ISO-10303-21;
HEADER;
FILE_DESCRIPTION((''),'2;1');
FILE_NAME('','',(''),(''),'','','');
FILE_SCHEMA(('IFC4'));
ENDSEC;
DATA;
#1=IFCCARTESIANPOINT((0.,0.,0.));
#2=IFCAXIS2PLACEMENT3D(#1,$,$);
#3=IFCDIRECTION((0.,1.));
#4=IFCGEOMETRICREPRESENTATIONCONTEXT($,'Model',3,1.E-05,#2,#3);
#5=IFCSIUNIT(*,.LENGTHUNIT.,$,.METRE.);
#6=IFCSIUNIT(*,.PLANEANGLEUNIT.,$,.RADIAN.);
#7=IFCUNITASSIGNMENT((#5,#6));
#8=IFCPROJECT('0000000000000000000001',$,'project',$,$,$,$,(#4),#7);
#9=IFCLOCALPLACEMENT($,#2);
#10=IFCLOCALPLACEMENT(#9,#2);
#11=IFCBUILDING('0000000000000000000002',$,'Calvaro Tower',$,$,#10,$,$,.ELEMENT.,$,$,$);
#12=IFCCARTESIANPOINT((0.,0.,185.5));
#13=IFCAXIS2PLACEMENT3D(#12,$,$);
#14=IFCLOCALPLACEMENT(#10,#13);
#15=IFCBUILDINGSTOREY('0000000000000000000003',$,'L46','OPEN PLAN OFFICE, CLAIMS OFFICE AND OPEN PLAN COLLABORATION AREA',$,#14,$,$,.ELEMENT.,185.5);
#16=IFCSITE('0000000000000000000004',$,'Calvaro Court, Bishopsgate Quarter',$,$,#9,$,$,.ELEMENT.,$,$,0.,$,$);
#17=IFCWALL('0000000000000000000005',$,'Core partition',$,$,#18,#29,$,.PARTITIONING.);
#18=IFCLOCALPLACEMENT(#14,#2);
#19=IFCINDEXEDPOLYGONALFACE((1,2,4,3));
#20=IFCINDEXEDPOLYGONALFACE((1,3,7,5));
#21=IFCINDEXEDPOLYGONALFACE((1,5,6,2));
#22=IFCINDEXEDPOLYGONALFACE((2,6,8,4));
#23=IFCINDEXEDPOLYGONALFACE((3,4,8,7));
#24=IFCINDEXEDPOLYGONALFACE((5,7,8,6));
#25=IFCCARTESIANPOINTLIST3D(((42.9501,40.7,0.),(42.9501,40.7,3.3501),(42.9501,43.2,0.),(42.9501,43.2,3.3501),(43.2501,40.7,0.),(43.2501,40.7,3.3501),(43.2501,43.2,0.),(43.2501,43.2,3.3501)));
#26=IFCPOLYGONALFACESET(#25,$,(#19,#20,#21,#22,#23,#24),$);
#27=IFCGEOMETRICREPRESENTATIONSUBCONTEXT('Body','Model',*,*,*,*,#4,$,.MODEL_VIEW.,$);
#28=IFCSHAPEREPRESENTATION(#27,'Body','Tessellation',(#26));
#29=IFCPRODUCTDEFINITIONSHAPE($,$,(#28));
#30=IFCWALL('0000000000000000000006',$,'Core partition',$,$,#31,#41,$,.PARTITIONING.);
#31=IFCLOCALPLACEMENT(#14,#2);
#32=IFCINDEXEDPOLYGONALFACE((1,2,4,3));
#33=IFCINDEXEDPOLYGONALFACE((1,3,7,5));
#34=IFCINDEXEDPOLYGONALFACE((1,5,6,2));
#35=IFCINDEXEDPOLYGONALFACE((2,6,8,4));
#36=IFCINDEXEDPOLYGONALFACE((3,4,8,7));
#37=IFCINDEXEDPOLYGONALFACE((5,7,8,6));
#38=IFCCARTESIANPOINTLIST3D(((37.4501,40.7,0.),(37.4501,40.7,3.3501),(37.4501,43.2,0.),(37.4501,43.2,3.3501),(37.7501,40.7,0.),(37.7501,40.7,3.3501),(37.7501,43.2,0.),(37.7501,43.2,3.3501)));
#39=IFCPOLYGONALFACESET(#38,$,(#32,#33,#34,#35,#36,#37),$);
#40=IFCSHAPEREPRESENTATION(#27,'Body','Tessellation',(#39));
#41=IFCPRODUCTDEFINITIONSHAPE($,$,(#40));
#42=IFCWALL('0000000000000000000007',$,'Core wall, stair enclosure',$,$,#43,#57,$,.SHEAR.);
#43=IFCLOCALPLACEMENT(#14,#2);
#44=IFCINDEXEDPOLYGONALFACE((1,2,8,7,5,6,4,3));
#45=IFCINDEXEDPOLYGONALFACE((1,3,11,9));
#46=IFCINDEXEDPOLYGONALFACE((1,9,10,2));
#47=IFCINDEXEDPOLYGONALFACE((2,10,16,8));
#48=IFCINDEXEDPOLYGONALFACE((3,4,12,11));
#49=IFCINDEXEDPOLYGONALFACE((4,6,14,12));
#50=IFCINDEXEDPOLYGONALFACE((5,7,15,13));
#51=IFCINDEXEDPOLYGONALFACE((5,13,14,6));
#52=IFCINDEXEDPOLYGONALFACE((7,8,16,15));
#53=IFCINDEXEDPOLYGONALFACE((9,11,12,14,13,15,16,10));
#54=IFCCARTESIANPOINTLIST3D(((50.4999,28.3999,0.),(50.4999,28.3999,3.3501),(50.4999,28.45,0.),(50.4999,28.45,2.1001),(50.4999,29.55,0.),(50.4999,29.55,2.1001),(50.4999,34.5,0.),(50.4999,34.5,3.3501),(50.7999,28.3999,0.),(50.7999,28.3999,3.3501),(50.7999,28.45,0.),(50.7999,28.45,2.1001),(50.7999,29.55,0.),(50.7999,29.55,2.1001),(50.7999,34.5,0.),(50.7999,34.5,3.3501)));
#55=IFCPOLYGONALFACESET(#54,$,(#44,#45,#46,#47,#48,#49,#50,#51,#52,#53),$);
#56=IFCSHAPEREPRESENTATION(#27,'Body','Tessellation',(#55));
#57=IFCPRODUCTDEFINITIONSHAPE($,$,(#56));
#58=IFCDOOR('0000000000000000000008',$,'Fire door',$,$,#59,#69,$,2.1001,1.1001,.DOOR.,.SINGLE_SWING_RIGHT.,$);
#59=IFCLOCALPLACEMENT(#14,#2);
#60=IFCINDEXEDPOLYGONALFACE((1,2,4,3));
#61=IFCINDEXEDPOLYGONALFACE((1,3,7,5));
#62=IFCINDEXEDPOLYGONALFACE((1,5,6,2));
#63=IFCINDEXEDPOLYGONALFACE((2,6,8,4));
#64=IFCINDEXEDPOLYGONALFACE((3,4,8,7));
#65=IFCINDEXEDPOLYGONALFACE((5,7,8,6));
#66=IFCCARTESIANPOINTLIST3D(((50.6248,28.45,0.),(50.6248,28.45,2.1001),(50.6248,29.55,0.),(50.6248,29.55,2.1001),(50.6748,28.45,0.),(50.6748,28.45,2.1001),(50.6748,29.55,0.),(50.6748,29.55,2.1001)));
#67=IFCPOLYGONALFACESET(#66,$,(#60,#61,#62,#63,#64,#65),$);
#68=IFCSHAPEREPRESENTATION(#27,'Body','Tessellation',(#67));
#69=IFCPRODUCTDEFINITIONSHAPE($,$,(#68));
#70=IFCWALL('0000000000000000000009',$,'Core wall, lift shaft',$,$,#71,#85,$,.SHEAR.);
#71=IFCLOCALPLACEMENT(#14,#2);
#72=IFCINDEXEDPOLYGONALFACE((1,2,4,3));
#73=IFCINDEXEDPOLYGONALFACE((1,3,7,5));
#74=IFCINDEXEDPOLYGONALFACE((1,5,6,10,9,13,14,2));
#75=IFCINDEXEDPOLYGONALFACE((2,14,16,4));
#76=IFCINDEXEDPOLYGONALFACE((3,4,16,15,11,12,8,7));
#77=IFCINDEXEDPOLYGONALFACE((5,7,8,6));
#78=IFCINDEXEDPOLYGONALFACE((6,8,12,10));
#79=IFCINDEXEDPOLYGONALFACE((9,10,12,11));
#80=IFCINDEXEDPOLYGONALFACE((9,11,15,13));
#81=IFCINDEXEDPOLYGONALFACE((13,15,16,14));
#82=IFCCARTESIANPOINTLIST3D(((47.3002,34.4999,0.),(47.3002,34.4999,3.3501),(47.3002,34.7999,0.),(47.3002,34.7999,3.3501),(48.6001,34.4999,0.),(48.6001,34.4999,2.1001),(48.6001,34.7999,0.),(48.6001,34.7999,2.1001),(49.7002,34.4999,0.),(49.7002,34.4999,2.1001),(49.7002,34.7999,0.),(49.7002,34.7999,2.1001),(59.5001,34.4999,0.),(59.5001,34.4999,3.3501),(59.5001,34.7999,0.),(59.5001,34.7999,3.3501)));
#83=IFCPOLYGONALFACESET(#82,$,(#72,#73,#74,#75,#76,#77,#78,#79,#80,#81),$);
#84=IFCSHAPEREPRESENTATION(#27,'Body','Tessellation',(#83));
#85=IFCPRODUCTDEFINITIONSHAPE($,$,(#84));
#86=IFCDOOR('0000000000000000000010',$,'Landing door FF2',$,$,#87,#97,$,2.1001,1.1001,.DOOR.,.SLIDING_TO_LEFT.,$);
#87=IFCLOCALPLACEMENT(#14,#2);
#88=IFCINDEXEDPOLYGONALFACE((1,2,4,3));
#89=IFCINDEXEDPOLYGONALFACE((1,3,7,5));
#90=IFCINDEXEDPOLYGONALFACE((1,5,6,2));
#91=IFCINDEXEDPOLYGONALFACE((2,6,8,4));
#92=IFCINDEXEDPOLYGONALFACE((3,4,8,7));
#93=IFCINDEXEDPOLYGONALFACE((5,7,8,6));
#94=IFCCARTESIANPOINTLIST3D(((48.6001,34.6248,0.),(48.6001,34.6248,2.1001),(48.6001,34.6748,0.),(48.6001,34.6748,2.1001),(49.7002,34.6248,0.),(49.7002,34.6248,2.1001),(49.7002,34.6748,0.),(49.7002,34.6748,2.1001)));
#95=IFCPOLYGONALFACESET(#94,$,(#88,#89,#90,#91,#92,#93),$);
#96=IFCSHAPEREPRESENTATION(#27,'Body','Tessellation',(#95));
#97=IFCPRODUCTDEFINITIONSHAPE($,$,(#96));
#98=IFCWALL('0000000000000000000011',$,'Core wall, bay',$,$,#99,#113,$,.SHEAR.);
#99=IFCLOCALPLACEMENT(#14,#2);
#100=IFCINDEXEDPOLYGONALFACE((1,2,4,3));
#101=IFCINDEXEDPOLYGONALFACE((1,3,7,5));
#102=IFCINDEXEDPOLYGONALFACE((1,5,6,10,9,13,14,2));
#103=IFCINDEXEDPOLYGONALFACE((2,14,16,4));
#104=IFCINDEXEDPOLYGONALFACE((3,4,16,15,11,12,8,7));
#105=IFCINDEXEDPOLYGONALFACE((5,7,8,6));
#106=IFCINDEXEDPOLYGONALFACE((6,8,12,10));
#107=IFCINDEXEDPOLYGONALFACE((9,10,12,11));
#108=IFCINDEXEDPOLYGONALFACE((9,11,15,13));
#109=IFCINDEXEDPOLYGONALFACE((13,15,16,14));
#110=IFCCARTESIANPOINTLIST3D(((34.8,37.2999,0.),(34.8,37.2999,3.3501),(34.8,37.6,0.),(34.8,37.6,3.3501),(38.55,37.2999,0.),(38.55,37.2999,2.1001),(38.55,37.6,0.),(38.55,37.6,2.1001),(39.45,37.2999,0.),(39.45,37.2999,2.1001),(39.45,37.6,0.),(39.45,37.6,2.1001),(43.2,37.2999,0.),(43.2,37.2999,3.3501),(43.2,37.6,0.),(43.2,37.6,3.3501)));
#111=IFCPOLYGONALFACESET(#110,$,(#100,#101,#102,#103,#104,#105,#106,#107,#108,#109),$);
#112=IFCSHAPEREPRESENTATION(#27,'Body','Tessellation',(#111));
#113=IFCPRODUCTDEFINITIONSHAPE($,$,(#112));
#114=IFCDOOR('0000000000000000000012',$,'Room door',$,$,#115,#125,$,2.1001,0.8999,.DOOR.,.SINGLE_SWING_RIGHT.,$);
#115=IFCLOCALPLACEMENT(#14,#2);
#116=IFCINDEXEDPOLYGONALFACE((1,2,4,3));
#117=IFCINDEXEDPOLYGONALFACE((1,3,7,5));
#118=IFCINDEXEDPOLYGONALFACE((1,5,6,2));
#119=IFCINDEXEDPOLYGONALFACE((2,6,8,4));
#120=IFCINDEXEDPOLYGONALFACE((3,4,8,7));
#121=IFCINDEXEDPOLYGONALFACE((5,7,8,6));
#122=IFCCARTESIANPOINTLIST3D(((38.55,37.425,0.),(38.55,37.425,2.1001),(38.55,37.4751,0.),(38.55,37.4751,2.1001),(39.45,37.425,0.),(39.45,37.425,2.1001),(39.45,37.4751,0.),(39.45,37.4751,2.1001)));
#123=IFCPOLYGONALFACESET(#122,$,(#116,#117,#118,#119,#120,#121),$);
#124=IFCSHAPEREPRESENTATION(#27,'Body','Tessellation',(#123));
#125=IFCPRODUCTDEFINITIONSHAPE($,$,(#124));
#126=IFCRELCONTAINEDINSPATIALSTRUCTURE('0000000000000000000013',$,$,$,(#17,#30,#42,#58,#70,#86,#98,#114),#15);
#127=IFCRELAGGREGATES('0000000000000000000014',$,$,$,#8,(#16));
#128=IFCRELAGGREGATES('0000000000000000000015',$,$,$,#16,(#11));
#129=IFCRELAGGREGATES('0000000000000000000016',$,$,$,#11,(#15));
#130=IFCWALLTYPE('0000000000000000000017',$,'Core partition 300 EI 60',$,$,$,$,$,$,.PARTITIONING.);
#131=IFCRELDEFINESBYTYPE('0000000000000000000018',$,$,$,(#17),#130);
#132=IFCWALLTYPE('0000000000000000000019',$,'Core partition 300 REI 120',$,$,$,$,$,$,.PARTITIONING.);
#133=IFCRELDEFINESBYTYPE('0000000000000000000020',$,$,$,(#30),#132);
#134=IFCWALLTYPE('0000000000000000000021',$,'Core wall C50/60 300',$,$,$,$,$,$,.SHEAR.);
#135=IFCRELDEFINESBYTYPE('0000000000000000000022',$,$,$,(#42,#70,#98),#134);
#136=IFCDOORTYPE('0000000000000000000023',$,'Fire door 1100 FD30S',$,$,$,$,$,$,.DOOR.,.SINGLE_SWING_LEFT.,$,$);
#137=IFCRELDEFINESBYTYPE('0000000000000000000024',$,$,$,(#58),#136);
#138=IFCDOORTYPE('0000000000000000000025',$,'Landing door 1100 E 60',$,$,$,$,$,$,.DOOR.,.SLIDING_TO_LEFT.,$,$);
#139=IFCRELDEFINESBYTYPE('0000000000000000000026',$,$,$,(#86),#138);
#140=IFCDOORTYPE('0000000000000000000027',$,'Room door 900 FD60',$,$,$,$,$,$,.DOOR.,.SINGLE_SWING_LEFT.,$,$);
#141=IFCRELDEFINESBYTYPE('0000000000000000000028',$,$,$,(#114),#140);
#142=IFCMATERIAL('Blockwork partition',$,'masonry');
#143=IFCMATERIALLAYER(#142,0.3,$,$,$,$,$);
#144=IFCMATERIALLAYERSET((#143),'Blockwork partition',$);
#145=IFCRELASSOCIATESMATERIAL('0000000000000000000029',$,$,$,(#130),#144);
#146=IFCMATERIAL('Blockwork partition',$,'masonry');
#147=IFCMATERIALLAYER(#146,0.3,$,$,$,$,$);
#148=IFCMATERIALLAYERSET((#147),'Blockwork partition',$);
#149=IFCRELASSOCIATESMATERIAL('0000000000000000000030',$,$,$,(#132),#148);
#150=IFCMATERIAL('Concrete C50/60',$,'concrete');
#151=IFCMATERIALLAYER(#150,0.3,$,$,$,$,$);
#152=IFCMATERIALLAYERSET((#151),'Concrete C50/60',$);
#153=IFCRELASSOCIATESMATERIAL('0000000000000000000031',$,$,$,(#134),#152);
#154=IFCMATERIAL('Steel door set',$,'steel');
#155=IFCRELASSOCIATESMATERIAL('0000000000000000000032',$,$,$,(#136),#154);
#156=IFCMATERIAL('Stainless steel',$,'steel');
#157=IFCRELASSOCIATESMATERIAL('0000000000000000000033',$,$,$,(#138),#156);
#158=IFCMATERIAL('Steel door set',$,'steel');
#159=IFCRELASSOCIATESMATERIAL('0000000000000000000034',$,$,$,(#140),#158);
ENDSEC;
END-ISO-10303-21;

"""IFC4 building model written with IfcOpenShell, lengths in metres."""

from ifc_helpers import new_model, si_unit, direction, frame, frame_2d, origin, place, context, subcontext, project, spatial, rectangle, extrude, material, layer, layer_set, type_object, element, fill, save


model = new_model("IFC4")

# Units and contexts
model_context = context("Model", 3, precision=1e-05, world=origin(), true_north=direction((0.0, 1.0)))
body_context = subcontext(model_context, "Body", "Model", "MODEL_VIEW")
ifc_project = project(units=[si_unit("LENGTHUNIT", "METRE"), si_unit("PLANEANGLEUNIT", "RADIAN")], contexts=[model_context])

# Site, building, storey
site_placement = place(None, origin())
site = spatial("IfcSite", under=ifc_project, at=site_placement, Name="Calvaro Court, Bishopsgate Quarter", CompositionType="ELEMENT", RefElevation=0.0)
building_placement = place(site_placement, origin())
building = spatial("IfcBuilding", under=site, at=building_placement, Name="Calvaro Tower", CompositionType="ELEMENT")
storey_placement = place(building_placement, frame((0.0, 0.0, 185.5)))
storey = spatial("IfcBuildingStorey", under=building, at=storey_placement, Name="L46", Description="OPEN PLAN OFFICE, CLAIMS OFFICE AND OPEN PLAN COLLABORATION AREA", CompositionType="ELEMENT", Elevation=185.5)

# Walls
ifc_material_1 = material(Name="Blockwork partition", Category="masonry")
ifc_layer_1 = layer(ifc_material_1, 0.3)
ifc_layer_set_1 = layer_set([ifc_layer_1], Name="Blockwork partition")
wall_type_1 = type_object("IfcWallType", Name="Core partition 300 EI 60", PredefinedType="PARTITIONING", material=ifc_layer_set_1)
wall_1_placement = place(storey_placement, frame((43.1001, 40.7, 0.0), z_axis=(0.0, 0.0, 1.0), x_axis=(0.0, 1.0, 0.0)))
element("IfcWall", 1, at=wall_1_placement, inside=storey, type_object=wall_type_1, Name="Core partition", PredefinedType="PARTITIONING", context=body_context, shape_type="SweptSolid", body=[
    extrude(rectangle(XDim=2.5, YDim=0.3, at=frame_2d((1.25, 0.0))), origin(), (0.0, 0.0, 1.0), 3.3501),
])
ifc_material_2 = material(Name="Blockwork partition", Category="masonry")
ifc_layer_2 = layer(ifc_material_2, 0.3)
ifc_layer_set_2 = layer_set([ifc_layer_2], Name="Blockwork partition")
wall_type_2 = type_object("IfcWallType", Name="Core partition 300 REI 120", PredefinedType="PARTITIONING", material=ifc_layer_set_2)
wall_2_placement = place(storey_placement, frame((37.6001, 40.7, 0.0), z_axis=(0.0, 0.0, 1.0), x_axis=(0.0, 1.0, 0.0)))
element("IfcWall", 2, at=wall_2_placement, inside=storey, type_object=wall_type_2, Name="Core partition", PredefinedType="PARTITIONING", context=body_context, shape_type="SweptSolid", body=[
    extrude(rectangle(XDim=2.5, YDim=0.3, at=frame_2d((1.25, 0.0))), origin(), (0.0, 0.0, 1.0), 3.3501),
])

# Walls, openings, doors
ifc_material_3 = material(Name="Concrete C50/60", Category="concrete")
ifc_layer_3 = layer(ifc_material_3, 0.3)
ifc_layer_set_3 = layer_set([ifc_layer_3], Name="Concrete C50/60")
wall_type_3 = type_object("IfcWallType", Name="Core wall C50/60 300", PredefinedType="SHEAR", material=ifc_layer_set_3)
wall_3_placement = place(storey_placement, frame((50.6499, 34.5, 0.0), z_axis=(0.0, 0.0, 1.0), x_axis=(0.0, -1.0, 0.0)))
wall_3 = element("IfcWall", 3, at=wall_3_placement, inside=storey, type_object=wall_type_3, Name="Core wall, stair enclosure", PredefinedType="SHEAR", context=body_context, shape_type="SweptSolid", body=[
    extrude(rectangle(XDim=6.1001, YDim=0.3, at=frame_2d((3.05, 0.0))), origin(), (0.0, 0.0, 1.0), 3.3501),
])
opening_1_placement = place(wall_3_placement, frame((4.95, 0.0, 0.0)))
opening_1 = element("IfcOpeningElement", 4, at=opening_1_placement, cuts=wall_3, PredefinedType="OPENING", context=body_context, shape_type="SweptSolid", body=[
    extrude(rectangle(XDim=1.1001, YDim=2.1001, at=frame_2d((0.55, 1.05))), frame((0.0, 0.1599, 0.0), z_axis=(0.0, -1.0, 0.0), x_axis=(1.0, 0.0, 0.0)), (0.0, 0.0, 1.0), 0.3201),
])
ifc_material_4 = material(Name="Steel door set", Category="steel")
door_type_1 = type_object("IfcDoorType", Name="Fire door 1100 FD30S", OperationType="SINGLE_SWING_LEFT", PredefinedType="DOOR", material=ifc_material_4)
door_1_placement = place(opening_1_placement, origin())
door_1 = element("IfcDoor", 5, at=door_1_placement, inside=storey, type_object=door_type_1, Name="Fire door", OperationType="SINGLE_SWING_RIGHT", OverallHeight=2.1001, OverallWidth=1.1001, PredefinedType="DOOR", context=body_context, shape_type="SweptSolid", body=[
    extrude(rectangle(XDim=1.1001, YDim=2.1001, at=frame_2d((0.55, 1.05))), frame((0.0, 0.0249, 0.0), z_axis=(0.0, -1.0, 0.0), x_axis=(1.0, 0.0, 0.0)), (0.0, 0.0, 1.0), 0.05),
])
fill(opening_1, door_1)
wall_4_placement = place(storey_placement, frame((47.3, 34.6499, 0.0), z_axis=(0.0, 0.0, 1.0), x_axis=(1.0, 0.0, 0.0)))
wall_4 = element("IfcWall", 6, at=wall_4_placement, inside=storey, type_object=wall_type_3, Name="Core wall, lift shaft", PredefinedType="SHEAR", context=body_context, shape_type="SweptSolid", body=[
    extrude(rectangle(XDim=12.2, YDim=0.3, at=frame_2d((6.1001, 0.0))), origin(), (0.0, 0.0, 1.0), 3.3501),
])
opening_2_placement = place(wall_4_placement, frame((1.3, 0.0, 0.0)))
opening_2 = element("IfcOpeningElement", 7, at=opening_2_placement, cuts=wall_4, PredefinedType="OPENING", context=body_context, shape_type="SweptSolid", body=[
    extrude(rectangle(XDim=1.1001, YDim=2.1001, at=frame_2d((0.55, 1.05))), frame((0.0, 0.1599, 0.0), z_axis=(0.0, -1.0, 0.0), x_axis=(1.0, 0.0, 0.0)), (0.0, 0.0, 1.0), 0.3201),
])
ifc_material_5 = material(Name="Stainless steel", Category="steel")
door_type_2 = type_object("IfcDoorType", Name="Landing door 1100 E 60", OperationType="SLIDING_TO_LEFT", PredefinedType="DOOR", material=ifc_material_5)
door_2_placement = place(opening_2_placement, origin())
door_2 = element("IfcDoor", 8, at=door_2_placement, inside=storey, type_object=door_type_2, Name="Landing door FF2", OperationType="SLIDING_TO_LEFT", OverallHeight=2.1001, OverallWidth=1.1001, PredefinedType="DOOR", context=body_context, shape_type="SweptSolid", body=[
    extrude(rectangle(XDim=1.1001, YDim=2.1001, at=frame_2d((0.55, 1.05))), frame((0.0, 0.0249, 0.0), z_axis=(0.0, -1.0, 0.0), x_axis=(1.0, 0.0, 0.0)), (0.0, 0.0, 1.0), 0.05),
])
fill(opening_2, door_2)
wall_5_placement = place(storey_placement, frame((43.2, 37.45, 0.0), z_axis=(0.0, 0.0, 1.0), x_axis=(-1.0, 0.0, 0.0)))
wall_5 = element("IfcWall", 9, at=wall_5_placement, inside=storey, type_object=wall_type_3, Name="Core wall, bay", PredefinedType="SHEAR", context=body_context, shape_type="SweptSolid", body=[
    extrude(rectangle(XDim=8.3999, YDim=0.3, at=frame_2d((4.2, 0.0))), origin(), (0.0, 0.0, 1.0), 3.3501),
])
opening_3_placement = place(wall_5_placement, frame((3.75, 0.0, 0.0)))
opening_3 = element("IfcOpeningElement", 10, at=opening_3_placement, cuts=wall_5, PredefinedType="OPENING", context=body_context, shape_type="SweptSolid", body=[
    extrude(rectangle(XDim=0.8999, YDim=2.1001, at=frame_2d((0.45, 1.05))), frame((0.0, 0.1599, 0.0), z_axis=(0.0, -1.0, 0.0), x_axis=(1.0, 0.0, 0.0)), (0.0, 0.0, 1.0), 0.3201),
])
ifc_material_6 = material(Name="Steel door set", Category="steel")
door_type_3 = type_object("IfcDoorType", Name="Room door 900 FD60", OperationType="SINGLE_SWING_LEFT", PredefinedType="DOOR", material=ifc_material_6)
door_3_placement = place(opening_3_placement, origin())
door_3 = element("IfcDoor", 11, at=door_3_placement, inside=storey, type_object=door_type_3, Name="Room door", OperationType="SINGLE_SWING_RIGHT", OverallHeight=2.1001, OverallWidth=0.8999, PredefinedType="DOOR", context=body_context, shape_type="SweptSolid", body=[
    extrude(rectangle(XDim=0.8999, YDim=2.1001, at=frame_2d((0.45, 1.05))), frame((0.0, 0.0249, 0.0), z_axis=(0.0, -1.0, 0.0), x_axis=(1.0, 0.0, 0.0)), (0.0, 0.0, 1.0), 0.05),
])
fill(opening_3, door_3)

save(model, "model.ifc")
